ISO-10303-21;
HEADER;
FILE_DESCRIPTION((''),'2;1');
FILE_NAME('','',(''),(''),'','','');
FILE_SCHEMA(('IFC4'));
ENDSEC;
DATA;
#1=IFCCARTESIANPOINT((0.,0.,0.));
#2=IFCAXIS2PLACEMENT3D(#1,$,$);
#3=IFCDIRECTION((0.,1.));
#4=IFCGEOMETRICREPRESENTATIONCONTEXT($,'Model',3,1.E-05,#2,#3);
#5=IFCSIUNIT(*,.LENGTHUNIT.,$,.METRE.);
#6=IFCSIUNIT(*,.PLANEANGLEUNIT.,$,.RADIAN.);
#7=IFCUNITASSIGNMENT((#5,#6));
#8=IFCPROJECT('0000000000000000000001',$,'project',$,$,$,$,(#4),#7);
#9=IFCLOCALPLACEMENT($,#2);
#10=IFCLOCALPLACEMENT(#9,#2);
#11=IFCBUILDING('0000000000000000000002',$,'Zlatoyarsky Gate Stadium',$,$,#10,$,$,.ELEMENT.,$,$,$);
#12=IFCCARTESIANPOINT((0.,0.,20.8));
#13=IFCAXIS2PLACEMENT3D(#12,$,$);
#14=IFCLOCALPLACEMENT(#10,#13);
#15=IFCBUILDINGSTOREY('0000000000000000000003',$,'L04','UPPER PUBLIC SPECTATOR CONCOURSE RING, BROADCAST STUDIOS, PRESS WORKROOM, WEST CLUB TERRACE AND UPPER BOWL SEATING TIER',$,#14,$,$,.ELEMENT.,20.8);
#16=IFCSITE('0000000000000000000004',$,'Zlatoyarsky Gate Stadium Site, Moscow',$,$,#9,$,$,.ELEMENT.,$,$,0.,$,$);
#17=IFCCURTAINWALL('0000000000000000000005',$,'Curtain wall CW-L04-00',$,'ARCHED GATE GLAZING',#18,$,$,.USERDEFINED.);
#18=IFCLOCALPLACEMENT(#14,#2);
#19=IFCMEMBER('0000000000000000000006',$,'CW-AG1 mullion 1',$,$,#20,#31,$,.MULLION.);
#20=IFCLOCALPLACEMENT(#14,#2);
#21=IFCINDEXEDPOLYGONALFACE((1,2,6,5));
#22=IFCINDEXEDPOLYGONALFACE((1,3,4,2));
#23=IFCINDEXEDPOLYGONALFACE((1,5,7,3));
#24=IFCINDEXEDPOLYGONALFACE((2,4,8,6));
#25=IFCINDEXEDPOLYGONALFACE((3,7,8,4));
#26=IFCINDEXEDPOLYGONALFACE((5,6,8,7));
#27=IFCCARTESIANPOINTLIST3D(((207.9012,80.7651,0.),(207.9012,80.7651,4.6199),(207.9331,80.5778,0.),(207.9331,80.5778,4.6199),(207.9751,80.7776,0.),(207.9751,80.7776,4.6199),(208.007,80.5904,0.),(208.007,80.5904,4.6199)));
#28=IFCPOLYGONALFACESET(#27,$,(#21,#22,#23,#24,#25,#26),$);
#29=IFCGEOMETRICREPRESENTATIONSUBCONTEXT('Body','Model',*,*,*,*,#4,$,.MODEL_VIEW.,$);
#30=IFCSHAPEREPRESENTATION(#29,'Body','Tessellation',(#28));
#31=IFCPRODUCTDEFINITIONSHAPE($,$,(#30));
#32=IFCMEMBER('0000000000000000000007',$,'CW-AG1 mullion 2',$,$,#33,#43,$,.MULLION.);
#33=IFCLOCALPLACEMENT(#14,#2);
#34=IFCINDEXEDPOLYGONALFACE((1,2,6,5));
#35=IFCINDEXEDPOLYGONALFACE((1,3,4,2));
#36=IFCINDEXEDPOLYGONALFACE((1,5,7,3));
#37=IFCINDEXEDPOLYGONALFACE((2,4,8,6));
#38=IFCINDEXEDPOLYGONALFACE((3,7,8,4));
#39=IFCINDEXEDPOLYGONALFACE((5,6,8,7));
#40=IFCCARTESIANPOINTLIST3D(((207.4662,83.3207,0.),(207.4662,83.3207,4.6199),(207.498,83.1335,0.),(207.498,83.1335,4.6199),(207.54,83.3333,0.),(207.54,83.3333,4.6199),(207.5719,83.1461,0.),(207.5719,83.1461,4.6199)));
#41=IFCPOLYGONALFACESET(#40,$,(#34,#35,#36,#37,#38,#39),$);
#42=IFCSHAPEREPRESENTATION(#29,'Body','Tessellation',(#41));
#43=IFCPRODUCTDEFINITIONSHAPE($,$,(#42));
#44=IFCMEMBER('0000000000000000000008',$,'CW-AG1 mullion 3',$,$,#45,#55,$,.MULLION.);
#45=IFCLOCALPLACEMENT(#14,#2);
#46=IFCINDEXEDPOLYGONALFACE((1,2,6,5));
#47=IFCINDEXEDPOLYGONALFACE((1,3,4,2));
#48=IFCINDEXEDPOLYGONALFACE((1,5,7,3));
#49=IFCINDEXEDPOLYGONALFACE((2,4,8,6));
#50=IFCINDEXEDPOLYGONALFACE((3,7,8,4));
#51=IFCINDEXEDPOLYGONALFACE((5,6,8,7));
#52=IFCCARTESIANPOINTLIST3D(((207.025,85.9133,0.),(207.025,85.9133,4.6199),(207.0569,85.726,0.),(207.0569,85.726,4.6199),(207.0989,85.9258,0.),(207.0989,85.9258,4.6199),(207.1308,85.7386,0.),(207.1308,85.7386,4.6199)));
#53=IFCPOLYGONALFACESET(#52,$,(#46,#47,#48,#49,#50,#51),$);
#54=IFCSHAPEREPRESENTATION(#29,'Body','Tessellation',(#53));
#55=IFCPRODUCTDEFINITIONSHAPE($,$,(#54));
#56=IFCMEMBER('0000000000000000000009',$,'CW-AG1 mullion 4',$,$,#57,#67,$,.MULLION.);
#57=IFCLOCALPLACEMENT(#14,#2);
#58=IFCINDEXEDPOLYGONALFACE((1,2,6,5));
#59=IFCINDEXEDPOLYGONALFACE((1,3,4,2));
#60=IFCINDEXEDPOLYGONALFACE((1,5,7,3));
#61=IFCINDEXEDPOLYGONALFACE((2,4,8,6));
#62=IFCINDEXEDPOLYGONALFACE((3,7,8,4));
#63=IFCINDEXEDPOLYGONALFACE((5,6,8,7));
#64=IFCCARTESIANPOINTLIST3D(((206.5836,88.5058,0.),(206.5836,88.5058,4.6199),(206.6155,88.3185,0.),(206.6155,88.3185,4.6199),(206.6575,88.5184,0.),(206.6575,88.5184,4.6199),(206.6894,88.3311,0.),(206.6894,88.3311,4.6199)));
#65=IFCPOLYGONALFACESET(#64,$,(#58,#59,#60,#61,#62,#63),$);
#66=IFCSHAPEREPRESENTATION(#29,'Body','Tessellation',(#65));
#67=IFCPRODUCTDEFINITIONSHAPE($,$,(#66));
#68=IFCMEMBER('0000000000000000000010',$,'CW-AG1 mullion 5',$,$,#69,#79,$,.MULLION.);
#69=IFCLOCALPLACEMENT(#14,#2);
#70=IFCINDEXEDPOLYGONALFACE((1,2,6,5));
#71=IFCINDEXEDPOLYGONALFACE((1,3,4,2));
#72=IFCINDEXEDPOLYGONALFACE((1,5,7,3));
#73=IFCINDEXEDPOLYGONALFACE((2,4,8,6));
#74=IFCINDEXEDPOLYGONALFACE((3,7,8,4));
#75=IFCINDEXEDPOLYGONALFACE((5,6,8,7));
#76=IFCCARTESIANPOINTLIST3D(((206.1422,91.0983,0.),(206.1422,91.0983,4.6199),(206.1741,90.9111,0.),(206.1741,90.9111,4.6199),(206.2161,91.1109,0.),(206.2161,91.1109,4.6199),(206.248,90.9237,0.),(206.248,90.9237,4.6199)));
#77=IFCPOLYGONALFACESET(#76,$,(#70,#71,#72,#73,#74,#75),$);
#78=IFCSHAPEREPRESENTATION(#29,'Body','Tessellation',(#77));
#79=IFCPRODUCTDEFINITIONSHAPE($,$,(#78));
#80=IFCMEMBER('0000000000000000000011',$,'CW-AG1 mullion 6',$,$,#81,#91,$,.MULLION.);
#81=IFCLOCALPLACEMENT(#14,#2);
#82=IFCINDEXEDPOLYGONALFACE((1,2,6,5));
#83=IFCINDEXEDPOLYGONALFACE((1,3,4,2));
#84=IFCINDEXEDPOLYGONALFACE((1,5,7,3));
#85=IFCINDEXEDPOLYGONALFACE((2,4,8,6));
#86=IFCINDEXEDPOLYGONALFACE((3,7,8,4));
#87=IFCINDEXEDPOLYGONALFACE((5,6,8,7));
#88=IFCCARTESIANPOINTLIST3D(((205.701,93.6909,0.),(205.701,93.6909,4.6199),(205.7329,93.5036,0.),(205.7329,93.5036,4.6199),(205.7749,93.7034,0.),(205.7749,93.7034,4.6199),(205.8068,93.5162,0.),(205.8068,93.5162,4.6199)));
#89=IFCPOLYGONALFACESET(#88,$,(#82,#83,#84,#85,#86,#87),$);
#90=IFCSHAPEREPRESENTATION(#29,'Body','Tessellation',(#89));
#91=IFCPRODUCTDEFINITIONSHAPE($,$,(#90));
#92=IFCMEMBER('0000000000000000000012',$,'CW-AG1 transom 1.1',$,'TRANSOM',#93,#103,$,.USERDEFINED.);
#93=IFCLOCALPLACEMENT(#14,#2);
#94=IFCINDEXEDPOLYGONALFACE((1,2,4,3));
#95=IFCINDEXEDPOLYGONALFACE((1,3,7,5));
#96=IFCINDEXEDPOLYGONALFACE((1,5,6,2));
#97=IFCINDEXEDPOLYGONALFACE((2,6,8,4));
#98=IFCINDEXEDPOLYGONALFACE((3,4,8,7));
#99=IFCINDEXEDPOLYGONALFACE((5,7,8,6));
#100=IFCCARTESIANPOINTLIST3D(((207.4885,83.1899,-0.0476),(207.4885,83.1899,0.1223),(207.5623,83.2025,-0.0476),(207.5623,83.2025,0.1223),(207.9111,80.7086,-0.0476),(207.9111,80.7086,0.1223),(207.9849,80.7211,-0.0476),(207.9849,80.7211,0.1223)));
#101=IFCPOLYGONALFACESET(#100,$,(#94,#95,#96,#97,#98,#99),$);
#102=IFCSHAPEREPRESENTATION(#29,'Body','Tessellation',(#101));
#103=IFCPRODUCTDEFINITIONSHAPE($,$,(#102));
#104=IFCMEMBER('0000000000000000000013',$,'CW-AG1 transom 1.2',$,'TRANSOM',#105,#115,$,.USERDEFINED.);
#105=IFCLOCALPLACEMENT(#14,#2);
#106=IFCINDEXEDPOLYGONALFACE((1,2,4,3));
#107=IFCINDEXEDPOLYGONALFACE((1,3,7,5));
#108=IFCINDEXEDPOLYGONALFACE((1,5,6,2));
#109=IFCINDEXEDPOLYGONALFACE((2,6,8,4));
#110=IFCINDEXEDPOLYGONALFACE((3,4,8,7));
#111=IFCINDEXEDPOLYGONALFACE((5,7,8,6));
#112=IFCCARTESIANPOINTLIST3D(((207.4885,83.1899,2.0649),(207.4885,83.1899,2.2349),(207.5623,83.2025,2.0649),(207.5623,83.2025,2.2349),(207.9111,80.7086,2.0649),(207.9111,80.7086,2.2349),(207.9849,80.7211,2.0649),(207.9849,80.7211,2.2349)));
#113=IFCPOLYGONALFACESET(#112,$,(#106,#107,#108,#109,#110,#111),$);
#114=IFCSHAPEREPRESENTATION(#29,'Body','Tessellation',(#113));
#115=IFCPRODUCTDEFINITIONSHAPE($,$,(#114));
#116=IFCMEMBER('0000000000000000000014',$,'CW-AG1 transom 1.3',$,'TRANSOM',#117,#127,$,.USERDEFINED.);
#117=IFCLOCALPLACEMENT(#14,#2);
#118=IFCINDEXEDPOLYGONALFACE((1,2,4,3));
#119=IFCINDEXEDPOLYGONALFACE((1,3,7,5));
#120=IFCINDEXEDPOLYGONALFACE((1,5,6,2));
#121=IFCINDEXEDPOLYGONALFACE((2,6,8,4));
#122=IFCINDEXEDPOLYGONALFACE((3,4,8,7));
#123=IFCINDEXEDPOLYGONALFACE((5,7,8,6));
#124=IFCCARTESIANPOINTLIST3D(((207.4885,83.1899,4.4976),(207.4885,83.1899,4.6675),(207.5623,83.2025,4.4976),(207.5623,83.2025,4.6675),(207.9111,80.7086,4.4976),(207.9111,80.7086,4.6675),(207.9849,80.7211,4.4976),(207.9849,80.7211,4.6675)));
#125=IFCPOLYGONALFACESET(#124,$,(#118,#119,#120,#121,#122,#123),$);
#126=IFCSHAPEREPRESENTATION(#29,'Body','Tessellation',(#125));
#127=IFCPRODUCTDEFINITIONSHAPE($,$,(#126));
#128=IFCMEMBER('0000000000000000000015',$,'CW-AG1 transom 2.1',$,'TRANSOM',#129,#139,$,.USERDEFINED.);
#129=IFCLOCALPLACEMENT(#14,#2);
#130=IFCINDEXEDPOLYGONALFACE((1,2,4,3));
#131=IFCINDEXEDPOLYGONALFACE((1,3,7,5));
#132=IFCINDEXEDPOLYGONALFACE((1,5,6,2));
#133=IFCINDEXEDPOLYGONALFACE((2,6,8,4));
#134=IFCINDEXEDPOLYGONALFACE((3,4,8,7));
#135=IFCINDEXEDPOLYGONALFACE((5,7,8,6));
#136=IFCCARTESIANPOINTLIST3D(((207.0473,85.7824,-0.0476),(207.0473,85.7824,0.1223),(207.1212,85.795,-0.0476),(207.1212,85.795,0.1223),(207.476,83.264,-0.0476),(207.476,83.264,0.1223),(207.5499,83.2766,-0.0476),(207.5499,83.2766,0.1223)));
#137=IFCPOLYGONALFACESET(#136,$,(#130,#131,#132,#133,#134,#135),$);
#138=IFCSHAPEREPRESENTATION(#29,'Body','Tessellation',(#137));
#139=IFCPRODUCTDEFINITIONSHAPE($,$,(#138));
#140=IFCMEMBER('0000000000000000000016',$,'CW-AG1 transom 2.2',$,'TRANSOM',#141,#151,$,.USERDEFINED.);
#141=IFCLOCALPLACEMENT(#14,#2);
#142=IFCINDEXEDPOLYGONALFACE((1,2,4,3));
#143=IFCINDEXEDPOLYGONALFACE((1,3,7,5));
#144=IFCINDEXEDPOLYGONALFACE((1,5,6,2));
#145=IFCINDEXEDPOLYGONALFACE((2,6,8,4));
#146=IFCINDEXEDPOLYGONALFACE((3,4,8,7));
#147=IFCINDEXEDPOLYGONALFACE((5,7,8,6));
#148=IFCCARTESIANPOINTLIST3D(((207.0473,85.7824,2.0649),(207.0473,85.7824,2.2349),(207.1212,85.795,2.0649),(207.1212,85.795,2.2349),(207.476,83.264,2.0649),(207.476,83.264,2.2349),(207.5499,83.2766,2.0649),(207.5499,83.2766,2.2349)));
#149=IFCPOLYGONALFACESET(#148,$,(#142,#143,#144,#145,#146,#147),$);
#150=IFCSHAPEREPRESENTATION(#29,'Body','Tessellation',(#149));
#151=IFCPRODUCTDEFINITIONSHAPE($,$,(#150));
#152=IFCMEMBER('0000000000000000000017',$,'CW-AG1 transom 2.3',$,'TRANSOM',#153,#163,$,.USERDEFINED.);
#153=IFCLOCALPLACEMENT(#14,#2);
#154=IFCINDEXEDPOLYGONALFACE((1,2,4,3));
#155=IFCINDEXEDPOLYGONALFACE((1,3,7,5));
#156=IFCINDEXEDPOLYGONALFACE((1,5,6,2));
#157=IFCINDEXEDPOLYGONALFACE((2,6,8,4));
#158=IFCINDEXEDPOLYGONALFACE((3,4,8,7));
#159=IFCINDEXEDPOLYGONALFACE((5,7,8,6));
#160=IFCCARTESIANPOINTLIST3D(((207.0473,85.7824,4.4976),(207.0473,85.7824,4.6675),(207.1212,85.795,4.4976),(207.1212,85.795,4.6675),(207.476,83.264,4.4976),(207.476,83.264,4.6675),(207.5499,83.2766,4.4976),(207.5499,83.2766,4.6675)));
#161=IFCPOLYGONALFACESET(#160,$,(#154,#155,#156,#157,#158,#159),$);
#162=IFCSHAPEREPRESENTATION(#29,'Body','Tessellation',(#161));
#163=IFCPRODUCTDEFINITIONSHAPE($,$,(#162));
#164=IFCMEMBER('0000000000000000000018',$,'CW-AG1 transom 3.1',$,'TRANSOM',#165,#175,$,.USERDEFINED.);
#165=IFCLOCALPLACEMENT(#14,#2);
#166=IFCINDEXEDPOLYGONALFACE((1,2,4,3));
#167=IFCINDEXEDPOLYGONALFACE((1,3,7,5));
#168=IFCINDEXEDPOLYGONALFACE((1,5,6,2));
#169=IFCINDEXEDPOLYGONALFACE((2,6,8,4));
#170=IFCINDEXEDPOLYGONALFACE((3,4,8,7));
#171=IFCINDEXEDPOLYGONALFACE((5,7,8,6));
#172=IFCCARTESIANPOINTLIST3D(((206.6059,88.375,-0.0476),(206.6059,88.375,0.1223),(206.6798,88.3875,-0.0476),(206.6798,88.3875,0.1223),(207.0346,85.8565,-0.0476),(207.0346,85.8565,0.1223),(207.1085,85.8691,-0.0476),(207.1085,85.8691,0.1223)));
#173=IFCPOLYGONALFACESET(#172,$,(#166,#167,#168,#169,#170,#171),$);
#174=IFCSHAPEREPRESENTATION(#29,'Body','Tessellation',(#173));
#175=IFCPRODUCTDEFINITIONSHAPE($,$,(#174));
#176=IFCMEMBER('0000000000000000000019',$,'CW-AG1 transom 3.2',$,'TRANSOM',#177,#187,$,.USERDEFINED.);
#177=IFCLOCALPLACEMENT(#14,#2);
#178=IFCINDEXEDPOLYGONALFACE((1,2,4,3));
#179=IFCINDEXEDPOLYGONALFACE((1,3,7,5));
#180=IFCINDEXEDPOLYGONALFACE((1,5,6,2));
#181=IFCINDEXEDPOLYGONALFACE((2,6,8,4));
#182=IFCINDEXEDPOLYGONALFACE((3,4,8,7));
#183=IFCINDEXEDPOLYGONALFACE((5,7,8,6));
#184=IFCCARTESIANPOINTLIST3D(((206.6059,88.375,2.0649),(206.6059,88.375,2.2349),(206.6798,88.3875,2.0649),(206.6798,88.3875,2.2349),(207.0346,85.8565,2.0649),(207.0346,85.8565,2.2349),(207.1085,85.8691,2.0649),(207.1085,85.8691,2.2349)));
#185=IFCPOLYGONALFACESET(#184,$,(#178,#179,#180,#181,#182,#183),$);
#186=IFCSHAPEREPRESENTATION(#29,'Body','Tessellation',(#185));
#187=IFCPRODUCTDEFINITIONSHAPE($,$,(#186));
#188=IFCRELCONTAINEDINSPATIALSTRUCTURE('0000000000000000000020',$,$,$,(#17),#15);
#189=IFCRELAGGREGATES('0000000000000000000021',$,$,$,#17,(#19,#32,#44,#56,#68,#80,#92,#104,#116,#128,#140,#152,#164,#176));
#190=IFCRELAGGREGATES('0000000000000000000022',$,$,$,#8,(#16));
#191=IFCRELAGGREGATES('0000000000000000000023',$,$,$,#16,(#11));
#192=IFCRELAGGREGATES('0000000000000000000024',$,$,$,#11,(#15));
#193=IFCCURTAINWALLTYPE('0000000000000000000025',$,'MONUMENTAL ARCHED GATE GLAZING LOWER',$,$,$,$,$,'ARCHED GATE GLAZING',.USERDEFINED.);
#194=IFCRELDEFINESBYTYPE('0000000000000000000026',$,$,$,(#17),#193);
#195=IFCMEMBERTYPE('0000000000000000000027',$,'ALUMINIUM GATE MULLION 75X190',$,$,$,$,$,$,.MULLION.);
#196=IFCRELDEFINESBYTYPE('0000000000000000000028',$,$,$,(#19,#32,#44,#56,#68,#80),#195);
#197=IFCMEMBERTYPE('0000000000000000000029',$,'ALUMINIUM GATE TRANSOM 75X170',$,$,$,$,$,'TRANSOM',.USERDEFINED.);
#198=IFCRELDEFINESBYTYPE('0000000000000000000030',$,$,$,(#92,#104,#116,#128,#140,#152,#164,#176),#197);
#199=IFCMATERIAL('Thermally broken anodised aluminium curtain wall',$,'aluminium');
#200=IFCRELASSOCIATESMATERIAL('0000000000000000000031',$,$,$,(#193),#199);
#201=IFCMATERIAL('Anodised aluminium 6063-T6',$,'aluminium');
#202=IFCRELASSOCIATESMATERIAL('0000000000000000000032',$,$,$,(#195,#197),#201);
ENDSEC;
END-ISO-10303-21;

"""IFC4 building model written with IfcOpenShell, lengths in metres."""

from ifc_helpers import new_model, si_unit, direction, frame, origin, origin_2d, place, context, subcontext, project, spatial, rectangle, extrude, material, material_profile, profile_set, type_object, element, aggregate, save


model = new_model("IFC4")

# Units and contexts
model_context = context("Model", 3, precision=1e-05, world=origin(), true_north=direction((0.0, 1.0)))
body_context = subcontext(model_context, "Body", "Model", "MODEL_VIEW")
ifc_project = project(units=[si_unit("LENGTHUNIT", "METRE"), si_unit("PLANEANGLEUNIT", "RADIAN")], contexts=[model_context])

# Site, building, storey
site_placement = place(None, origin())
site = spatial("IfcSite", under=ifc_project, at=site_placement, Name="Zlatoyarsky Gate Stadium Site, Moscow", CompositionType="ELEMENT", RefElevation=0.0)
building_placement = place(site_placement, origin())
building = spatial("IfcBuilding", under=site, at=building_placement, Name="Zlatoyarsky Gate Stadium", CompositionType="ELEMENT")
storey_placement = place(building_placement, frame((0.0, 0.0, 20.8)))
storey = spatial("IfcBuildingStorey", under=building, at=storey_placement, Name="L04", Description="UPPER PUBLIC SPECTATOR CONCOURSE RING, BROADCAST STUDIOS, PRESS WORKROOM, WEST CLUB TERRACE AND UPPER BOWL SEATING TIER", CompositionType="ELEMENT", Elevation=20.8)

# Curtain wall, members
ifc_material_1 = material(Name="Thermally broken anodised aluminium curtain wall", Category="aluminium")
curtain_wall_type = type_object("IfcCurtainWallType", Name="MONUMENTAL ARCHED GATE GLAZING LOWER", ElementType="ARCHED GATE GLAZING", PredefinedType="USERDEFINED", material=ifc_material_1)
curtain_wall_placement = place(storey_placement, origin())
curtain_wall = element("IfcCurtainWall", 1, at=curtain_wall_placement, inside=storey, type_object=curtain_wall_type, Name="Curtain wall CW-L04-00", ObjectType="ARCHED GATE GLAZING", PredefinedType="USERDEFINED")
ifc_material_2 = material(Name="Anodised aluminium 6063-T6", Category="aluminium")
ifc_material_profile_1 = material_profile(ifc_material_2, rectangle(XDim=0.075, YDim=0.1899, at=origin_2d()), Name="ALU 75X190")
ifc_profile_set_1 = profile_set([ifc_material_profile_1], Name="Anodised aluminium 6063-T6")
member_type_1 = type_object("IfcMemberType", Name="ALUMINIUM GATE MULLION 75X190", PredefinedType="MULLION", material=ifc_profile_set_1)
member_1_placement = place(storey_placement, frame((207.9541, 80.6777, 0.0), z_axis=(0.0, 0.0, 1.0), x_axis=(-0.985817, -0.167821, 0.0)))
member_1 = element("IfcMember", 2, at=member_1_placement, type_object=member_type_1, Name="CW-AG1 mullion 1", PredefinedType="MULLION", context=body_context, shape_type="SweptSolid", body=[
    extrude(rectangle(XDim=0.075, YDim=0.1899, at=origin_2d()), origin(), (0.0, 0.0, 1.0), 4.6199),
])
member_2_placement = place(storey_placement, frame((207.519, 83.2334, 0.0), z_axis=(0.0, 0.0, 1.0), x_axis=(-0.985817, -0.167821, 0.0)))
member_2 = element("IfcMember", 3, at=member_2_placement, type_object=member_type_1, Name="CW-AG1 mullion 2", PredefinedType="MULLION", context=body_context, shape_type="SweptSolid", body=[
    extrude(rectangle(XDim=0.075, YDim=0.1899, at=origin_2d()), origin(), (0.0, 0.0, 1.0), 4.6199),
])
member_3_placement = place(storey_placement, frame((207.0779, 85.8259, 0.0), z_axis=(0.0, 0.0, 1.0), x_axis=(-0.985817, -0.167821, 0.0)))
member_3 = element("IfcMember", 4, at=member_3_placement, type_object=member_type_1, Name="CW-AG1 mullion 3", PredefinedType="MULLION", context=body_context, shape_type="SweptSolid", body=[
    extrude(rectangle(XDim=0.075, YDim=0.1899, at=origin_2d()), origin(), (0.0, 0.0, 1.0), 4.6199),
])
member_4_placement = place(storey_placement, frame((206.6365, 88.4185, 0.0), z_axis=(0.0, 0.0, 1.0), x_axis=(-0.985817, -0.167821, 0.0)))
member_4 = element("IfcMember", 5, at=member_4_placement, type_object=member_type_1, Name="CW-AG1 mullion 4", PredefinedType="MULLION", context=body_context, shape_type="SweptSolid", body=[
    extrude(rectangle(XDim=0.075, YDim=0.1899, at=origin_2d()), origin(), (0.0, 0.0, 1.0), 4.6199),
])
member_5_placement = place(storey_placement, frame((206.1951, 91.011, 0.0), z_axis=(0.0, 0.0, 1.0), x_axis=(-0.985817, -0.167821, 0.0)))
member_5 = element("IfcMember", 6, at=member_5_placement, type_object=member_type_1, Name="CW-AG1 mullion 5", PredefinedType="MULLION", context=body_context, shape_type="SweptSolid", body=[
    extrude(rectangle(XDim=0.075, YDim=0.1899, at=origin_2d()), origin(), (0.0, 0.0, 1.0), 4.6199),
])
member_6_placement = place(storey_placement, frame((205.7539, 93.6035, 0.0), z_axis=(0.0, 0.0, 1.0), x_axis=(-0.985817, -0.167821, 0.0)))
member_6 = element("IfcMember", 7, at=member_6_placement, type_object=member_type_1, Name="CW-AG1 mullion 6", PredefinedType="MULLION", context=body_context, shape_type="SweptSolid", body=[
    extrude(rectangle(XDim=0.075, YDim=0.1899, at=origin_2d()), origin(), (0.0, 0.0, 1.0), 4.6199),
])
ifc_material_profile_2 = material_profile(ifc_material_2, rectangle(XDim=0.075, YDim=0.1699, at=origin_2d()), Name="ALU 75X170")
ifc_profile_set_2 = profile_set([ifc_material_profile_2], Name="Anodised aluminium 6063-T6")
member_type_2 = type_object("IfcMemberType", Name="ALUMINIUM GATE TRANSOM 75X170", ElementType="TRANSOM", PredefinedType="USERDEFINED", material=ifc_profile_set_2)
member_7_placement = place(storey_placement, frame((207.948, 80.7148, 0.0374), z_axis=(-0.16789, 0.985806, 0.0), x_axis=(-0.985806, -0.16789, 0.0)))
member_7 = element("IfcMember", 8, at=member_7_placement, type_object=member_type_2, Name="CW-AG1 transom 1.1", ObjectType="TRANSOM", PredefinedType="USERDEFINED", context=body_context, shape_type="SweptSolid", body=[
    extrude(rectangle(XDim=0.075, YDim=0.1699, at=origin_2d()), origin(), (0.0, 0.0, 1.0), 2.5171),
])
member_8_placement = place(storey_placement, frame((207.948, 80.7148, 2.1499), z_axis=(-0.16789, 0.985806, 0.0), x_axis=(-0.985806, -0.16789, 0.0)))
member_8 = element("IfcMember", 9, at=member_8_placement, type_object=member_type_2, Name="CW-AG1 transom 1.2", ObjectType="TRANSOM", PredefinedType="USERDEFINED", context=body_context, shape_type="SweptSolid", body=[
    extrude(rectangle(XDim=0.075, YDim=0.1699, at=origin_2d()), origin(), (0.0, 0.0, 1.0), 2.5171),
])
member_9_placement = place(storey_placement, frame((207.948, 80.7148, 4.5825), z_axis=(-0.16789, 0.985806, 0.0), x_axis=(-0.985806, -0.16789, 0.0)))
member_9 = element("IfcMember", 10, at=member_9_placement, type_object=member_type_2, Name="CW-AG1 transom 1.3", ObjectType="TRANSOM", PredefinedType="USERDEFINED", context=body_context, shape_type="SweptSolid", body=[
    extrude(rectangle(XDim=0.075, YDim=0.1699, at=origin_2d()), origin(), (0.0, 0.0, 1.0), 2.5171),
])
member_10_placement = place(storey_placement, frame((207.5129, 83.2703, 0.0374), z_axis=(-0.167807, 0.98582, 0.0), x_axis=(-0.98582, -0.167807, 0.0)))
member_10 = element("IfcMember", 11, at=member_10_placement, type_object=member_type_2, Name="CW-AG1 transom 2.1", ObjectType="TRANSOM", PredefinedType="USERDEFINED", context=body_context, shape_type="SweptSolid", body=[
    extrude(rectangle(XDim=0.075, YDim=0.1699, at=origin_2d()), origin(), (0.0, 0.0, 1.0), 2.5547),
])
member_11_placement = place(storey_placement, frame((207.5129, 83.2703, 2.1499), z_axis=(-0.167807, 0.98582, 0.0), x_axis=(-0.98582, -0.167807, 0.0)))
member_11 = element("IfcMember", 12, at=member_11_placement, type_object=member_type_2, Name="CW-AG1 transom 2.2", ObjectType="TRANSOM", PredefinedType="USERDEFINED", context=body_context, shape_type="SweptSolid", body=[
    extrude(rectangle(XDim=0.075, YDim=0.1699, at=origin_2d()), origin(), (0.0, 0.0, 1.0), 2.5547),
])
member_12_placement = place(storey_placement, frame((207.5129, 83.2703, 4.5825), z_axis=(-0.167807, 0.98582, 0.0), x_axis=(-0.98582, -0.167807, 0.0)))
member_12 = element("IfcMember", 13, at=member_12_placement, type_object=member_type_2, Name="CW-AG1 transom 2.3", ObjectType="TRANSOM", PredefinedType="USERDEFINED", context=body_context, shape_type="SweptSolid", body=[
    extrude(rectangle(XDim=0.075, YDim=0.1699, at=origin_2d()), origin(), (0.0, 0.0, 1.0), 2.5547),
])
member_13_placement = place(storey_placement, frame((207.0715, 85.8628, 0.0374), z_axis=(-0.167807, 0.98582, 0.0), x_axis=(-0.98582, -0.167807, 0.0)))
member_13 = element("IfcMember", 14, at=member_13_placement, type_object=member_type_2, Name="CW-AG1 transom 3.1", ObjectType="TRANSOM", PredefinedType="USERDEFINED", context=body_context, shape_type="SweptSolid", body=[
    extrude(rectangle(XDim=0.075, YDim=0.1699, at=origin_2d()), origin(), (0.0, 0.0, 1.0), 2.5547),
])
member_14_placement = place(storey_placement, frame((207.0715, 85.8628, 2.1499), z_axis=(-0.167807, 0.98582, 0.0), x_axis=(-0.98582, -0.167807, 0.0)))
member_14 = element("IfcMember", 15, at=member_14_placement, type_object=member_type_2, Name="CW-AG1 transom 3.2", ObjectType="TRANSOM", PredefinedType="USERDEFINED", context=body_context, shape_type="SweptSolid", body=[
    extrude(rectangle(XDim=0.075, YDim=0.1699, at=origin_2d()), origin(), (0.0, 0.0, 1.0), 2.5547),
])

aggregate(curtain_wall, [member_1, member_2, member_3, member_4, member_5, member_6, member_7, member_8, member_9, member_10, member_11, member_12, member_13, member_14])

save(model, "model.ifc")
